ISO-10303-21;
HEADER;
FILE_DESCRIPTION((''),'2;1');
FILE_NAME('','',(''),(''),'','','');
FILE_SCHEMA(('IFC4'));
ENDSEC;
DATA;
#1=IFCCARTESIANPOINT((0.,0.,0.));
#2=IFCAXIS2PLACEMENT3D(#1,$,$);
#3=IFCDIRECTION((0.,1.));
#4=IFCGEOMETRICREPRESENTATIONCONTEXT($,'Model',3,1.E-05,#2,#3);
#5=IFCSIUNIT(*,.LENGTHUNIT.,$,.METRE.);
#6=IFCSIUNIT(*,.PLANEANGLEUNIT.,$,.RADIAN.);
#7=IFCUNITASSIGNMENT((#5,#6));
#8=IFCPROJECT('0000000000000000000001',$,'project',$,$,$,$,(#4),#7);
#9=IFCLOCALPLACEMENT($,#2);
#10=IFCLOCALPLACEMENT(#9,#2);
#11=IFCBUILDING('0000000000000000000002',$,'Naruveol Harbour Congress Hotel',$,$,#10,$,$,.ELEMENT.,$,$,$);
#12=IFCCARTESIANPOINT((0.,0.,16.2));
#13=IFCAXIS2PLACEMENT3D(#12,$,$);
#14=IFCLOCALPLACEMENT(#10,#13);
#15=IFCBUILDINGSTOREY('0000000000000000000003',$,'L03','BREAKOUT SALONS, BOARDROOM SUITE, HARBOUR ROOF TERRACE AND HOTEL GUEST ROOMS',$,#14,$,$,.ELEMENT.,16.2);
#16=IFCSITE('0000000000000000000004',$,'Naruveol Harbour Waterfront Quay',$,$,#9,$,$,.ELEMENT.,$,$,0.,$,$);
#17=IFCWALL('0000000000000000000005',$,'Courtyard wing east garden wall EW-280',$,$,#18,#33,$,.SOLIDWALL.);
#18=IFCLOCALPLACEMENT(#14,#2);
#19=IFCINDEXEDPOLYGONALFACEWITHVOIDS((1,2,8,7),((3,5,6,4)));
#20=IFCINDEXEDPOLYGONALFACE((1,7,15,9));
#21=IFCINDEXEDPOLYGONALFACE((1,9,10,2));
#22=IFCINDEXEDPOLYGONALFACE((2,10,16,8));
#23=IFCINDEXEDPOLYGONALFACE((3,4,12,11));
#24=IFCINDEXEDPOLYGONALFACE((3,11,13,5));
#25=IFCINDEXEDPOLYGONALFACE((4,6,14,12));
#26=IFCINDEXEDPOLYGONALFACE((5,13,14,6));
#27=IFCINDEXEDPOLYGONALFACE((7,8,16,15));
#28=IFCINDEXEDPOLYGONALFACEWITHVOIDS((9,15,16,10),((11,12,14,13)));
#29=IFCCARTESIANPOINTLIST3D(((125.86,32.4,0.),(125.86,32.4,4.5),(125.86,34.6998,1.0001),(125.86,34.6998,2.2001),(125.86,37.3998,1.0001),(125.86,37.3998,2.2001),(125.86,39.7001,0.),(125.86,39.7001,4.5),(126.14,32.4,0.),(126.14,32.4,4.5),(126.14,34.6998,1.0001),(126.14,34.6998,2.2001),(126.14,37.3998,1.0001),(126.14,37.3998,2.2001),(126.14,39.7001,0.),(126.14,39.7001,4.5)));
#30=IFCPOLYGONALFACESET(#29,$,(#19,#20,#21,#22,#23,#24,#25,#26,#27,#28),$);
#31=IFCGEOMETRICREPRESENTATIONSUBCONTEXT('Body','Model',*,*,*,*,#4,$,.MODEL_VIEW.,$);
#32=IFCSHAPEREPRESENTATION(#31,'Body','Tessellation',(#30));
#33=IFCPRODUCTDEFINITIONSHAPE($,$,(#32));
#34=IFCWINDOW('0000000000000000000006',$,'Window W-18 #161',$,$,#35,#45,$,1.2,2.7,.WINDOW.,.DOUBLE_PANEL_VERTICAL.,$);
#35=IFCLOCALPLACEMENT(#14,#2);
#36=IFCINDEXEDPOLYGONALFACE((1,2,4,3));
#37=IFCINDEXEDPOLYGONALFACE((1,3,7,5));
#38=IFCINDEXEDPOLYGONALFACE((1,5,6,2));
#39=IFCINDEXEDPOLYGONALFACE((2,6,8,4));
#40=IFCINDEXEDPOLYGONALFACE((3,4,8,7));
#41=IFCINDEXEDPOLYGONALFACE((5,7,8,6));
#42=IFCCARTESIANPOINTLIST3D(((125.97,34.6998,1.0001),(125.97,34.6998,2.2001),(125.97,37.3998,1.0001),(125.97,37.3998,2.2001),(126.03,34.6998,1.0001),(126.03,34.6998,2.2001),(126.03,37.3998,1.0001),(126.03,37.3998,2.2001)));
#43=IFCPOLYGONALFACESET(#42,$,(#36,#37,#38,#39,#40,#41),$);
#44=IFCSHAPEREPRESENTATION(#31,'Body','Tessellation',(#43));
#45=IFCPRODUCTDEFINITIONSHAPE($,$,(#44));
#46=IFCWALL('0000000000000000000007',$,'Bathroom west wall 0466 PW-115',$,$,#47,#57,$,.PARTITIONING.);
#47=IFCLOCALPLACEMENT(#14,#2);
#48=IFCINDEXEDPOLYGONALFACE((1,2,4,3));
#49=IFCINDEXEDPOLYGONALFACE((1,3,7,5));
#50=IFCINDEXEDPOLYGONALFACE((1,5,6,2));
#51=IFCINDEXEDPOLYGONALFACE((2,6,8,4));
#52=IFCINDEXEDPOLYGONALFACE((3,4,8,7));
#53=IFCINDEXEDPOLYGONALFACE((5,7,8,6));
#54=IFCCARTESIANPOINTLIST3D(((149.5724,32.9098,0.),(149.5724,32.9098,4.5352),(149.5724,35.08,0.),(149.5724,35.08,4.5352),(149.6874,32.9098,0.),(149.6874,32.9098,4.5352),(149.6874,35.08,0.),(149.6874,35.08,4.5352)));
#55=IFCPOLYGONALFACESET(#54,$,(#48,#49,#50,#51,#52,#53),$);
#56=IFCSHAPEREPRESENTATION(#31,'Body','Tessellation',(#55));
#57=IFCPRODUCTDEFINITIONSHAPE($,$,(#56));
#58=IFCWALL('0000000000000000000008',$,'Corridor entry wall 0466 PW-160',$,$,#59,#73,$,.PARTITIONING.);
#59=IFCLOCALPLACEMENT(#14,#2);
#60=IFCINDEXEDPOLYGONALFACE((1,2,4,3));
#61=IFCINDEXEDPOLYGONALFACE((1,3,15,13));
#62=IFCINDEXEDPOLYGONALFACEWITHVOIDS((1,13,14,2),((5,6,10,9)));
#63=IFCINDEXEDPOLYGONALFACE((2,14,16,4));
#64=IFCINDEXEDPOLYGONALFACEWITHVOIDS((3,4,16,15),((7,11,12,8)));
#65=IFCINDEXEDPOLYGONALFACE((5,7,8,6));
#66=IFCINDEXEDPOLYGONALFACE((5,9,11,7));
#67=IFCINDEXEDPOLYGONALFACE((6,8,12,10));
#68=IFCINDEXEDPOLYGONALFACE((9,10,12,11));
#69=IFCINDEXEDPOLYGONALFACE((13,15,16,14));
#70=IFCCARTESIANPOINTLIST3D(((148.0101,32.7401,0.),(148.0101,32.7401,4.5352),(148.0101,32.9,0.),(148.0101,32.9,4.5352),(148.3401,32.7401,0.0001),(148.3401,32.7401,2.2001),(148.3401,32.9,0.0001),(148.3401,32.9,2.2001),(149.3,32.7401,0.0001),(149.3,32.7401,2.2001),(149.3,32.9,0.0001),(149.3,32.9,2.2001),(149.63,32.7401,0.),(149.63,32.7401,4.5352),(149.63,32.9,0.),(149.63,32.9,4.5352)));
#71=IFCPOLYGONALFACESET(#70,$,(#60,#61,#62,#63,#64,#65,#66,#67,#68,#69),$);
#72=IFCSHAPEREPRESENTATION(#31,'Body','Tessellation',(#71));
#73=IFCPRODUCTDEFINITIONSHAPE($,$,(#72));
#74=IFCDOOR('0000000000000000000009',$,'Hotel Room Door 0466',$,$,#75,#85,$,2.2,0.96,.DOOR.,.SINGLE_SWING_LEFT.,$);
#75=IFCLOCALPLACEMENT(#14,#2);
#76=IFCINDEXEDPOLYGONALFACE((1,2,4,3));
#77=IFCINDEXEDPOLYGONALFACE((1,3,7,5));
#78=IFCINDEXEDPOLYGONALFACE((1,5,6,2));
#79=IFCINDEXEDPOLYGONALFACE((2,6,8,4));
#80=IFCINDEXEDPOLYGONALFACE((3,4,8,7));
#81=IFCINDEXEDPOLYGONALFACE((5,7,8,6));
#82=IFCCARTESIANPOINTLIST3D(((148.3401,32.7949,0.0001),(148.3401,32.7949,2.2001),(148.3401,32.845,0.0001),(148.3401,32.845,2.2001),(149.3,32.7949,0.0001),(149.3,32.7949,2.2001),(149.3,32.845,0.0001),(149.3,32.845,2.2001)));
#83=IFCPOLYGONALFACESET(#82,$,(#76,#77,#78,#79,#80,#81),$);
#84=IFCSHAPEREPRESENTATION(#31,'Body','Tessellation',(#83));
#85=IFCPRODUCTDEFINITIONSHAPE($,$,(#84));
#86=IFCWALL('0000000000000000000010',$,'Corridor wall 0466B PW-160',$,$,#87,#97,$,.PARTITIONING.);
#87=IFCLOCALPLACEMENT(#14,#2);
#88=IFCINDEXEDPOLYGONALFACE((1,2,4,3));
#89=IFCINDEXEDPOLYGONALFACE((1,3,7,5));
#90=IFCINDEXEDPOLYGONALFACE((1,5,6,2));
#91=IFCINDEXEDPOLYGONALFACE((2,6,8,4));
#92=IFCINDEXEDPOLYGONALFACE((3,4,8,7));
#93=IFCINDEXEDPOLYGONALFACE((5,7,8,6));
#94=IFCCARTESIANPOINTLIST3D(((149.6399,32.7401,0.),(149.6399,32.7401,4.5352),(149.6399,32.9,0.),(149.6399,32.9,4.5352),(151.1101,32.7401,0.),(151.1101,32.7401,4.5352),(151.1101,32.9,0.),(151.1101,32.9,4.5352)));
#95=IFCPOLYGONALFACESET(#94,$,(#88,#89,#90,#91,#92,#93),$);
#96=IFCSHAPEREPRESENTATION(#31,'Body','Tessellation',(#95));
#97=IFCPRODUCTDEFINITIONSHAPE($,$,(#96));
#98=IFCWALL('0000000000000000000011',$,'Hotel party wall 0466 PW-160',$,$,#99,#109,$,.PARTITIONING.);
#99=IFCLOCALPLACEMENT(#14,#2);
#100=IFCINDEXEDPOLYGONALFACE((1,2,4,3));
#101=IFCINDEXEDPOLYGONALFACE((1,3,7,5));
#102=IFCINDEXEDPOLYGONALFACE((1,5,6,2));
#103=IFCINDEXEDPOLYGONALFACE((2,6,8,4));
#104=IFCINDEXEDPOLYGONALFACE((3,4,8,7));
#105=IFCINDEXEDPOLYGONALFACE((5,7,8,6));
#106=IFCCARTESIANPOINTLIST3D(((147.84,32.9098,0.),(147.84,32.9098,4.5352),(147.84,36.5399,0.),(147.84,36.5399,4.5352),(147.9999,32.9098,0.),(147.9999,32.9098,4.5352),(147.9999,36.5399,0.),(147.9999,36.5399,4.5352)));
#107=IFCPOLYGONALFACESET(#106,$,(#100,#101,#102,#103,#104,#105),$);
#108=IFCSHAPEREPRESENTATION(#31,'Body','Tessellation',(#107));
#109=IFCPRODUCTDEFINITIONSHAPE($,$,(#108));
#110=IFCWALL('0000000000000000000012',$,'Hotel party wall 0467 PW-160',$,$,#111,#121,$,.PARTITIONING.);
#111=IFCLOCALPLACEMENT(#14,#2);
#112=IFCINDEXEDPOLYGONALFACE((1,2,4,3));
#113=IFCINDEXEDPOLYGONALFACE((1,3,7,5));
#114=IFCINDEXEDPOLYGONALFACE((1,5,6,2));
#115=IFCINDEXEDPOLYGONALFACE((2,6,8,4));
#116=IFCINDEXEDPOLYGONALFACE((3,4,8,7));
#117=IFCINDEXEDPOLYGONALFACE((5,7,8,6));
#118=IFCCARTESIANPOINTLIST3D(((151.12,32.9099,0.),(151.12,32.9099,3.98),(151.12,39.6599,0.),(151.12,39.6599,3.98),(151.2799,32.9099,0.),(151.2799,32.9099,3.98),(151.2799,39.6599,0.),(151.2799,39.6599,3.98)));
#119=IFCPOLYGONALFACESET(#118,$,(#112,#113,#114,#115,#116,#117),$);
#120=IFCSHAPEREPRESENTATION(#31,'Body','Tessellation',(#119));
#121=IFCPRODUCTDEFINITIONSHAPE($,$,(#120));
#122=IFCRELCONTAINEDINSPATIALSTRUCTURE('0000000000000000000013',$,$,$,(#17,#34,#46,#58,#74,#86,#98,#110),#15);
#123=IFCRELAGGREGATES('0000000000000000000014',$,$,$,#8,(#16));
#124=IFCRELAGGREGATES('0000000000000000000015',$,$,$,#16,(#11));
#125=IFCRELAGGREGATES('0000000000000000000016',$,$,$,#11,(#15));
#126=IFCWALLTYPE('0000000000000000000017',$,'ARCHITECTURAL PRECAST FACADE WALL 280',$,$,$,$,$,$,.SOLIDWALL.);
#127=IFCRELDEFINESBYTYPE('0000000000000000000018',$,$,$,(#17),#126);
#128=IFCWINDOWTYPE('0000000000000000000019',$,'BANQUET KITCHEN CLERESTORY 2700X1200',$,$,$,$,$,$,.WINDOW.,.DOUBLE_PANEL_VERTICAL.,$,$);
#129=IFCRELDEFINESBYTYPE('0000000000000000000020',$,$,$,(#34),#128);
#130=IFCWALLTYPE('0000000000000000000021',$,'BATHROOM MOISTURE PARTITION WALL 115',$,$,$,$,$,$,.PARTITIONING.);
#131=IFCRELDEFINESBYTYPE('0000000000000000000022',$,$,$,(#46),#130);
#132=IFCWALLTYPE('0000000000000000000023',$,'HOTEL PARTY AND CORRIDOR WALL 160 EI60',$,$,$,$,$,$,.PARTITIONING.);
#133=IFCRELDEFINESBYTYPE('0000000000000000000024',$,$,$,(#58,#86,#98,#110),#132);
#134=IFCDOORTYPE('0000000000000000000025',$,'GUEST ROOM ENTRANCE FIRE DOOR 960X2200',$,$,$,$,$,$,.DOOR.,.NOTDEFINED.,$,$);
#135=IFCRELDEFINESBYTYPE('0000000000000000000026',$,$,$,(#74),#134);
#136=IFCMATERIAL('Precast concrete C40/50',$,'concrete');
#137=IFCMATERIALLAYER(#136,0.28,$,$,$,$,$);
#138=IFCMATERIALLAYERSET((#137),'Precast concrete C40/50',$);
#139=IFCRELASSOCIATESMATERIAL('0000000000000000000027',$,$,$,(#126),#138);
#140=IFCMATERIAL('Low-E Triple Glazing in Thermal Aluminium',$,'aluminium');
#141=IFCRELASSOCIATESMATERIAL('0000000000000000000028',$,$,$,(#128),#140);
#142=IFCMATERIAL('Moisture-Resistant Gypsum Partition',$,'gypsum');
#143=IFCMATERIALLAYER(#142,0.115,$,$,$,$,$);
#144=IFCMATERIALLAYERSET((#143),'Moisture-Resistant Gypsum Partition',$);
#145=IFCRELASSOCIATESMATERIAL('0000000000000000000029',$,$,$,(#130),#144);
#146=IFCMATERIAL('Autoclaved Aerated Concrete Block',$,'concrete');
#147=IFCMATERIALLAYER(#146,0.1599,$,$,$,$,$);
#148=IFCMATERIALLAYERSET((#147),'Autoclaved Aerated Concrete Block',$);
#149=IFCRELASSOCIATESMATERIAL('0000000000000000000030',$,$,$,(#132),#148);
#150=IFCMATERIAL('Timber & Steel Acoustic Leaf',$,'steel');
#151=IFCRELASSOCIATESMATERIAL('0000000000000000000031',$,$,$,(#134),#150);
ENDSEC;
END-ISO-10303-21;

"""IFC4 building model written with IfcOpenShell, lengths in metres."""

from ifc_helpers import new_model, si_unit, direction, frame, frame_2d, origin, place, context, subcontext, project, spatial, rectangle, extrude, material, layer, layer_set, type_object, element, fill, save


model = new_model("IFC4")

# Units and contexts
model_context = context("Model", 3, precision=1e-05, world=origin(), true_north=direction((0.0, 1.0)))
body_context = subcontext(model_context, "Body", "Model", "MODEL_VIEW")
ifc_project = project(units=[si_unit("LENGTHUNIT", "METRE"), si_unit("PLANEANGLEUNIT", "RADIAN")], contexts=[model_context])

# Site, building, storey
site_placement = place(None, origin())
site = spatial("IfcSite", under=ifc_project, at=site_placement, Name="Naruveol Harbour Waterfront Quay", CompositionType="ELEMENT", RefElevation=0.0)
building_placement = place(site_placement, origin())
building = spatial("IfcBuilding", under=site, at=building_placement, Name="Naruveol Harbour Congress Hotel", CompositionType="ELEMENT")
storey_placement = place(building_placement, frame((0.0, 0.0, 16.2)))
storey = spatial("IfcBuildingStorey", under=building, at=storey_placement, Name="L03", Description="BREAKOUT SALONS, BOARDROOM SUITE, HARBOUR ROOF TERRACE AND HOTEL GUEST ROOMS", CompositionType="ELEMENT", Elevation=16.2)

# Wall, opening, window
ifc_material_1 = material(Name="Precast concrete C40/50", Category="concrete")
ifc_layer_1 = layer(ifc_material_1, 0.28)
ifc_layer_set_1 = layer_set([ifc_layer_1], Name="Precast concrete C40/50")
wall_type_1 = type_object("IfcWallType", Name="ARCHITECTURAL PRECAST FACADE WALL 280", PredefinedType="SOLIDWALL", material=ifc_layer_set_1)
wall_1_placement = place(storey_placement, frame((126.0, 39.7, 0.0), z_axis=(0.0, 0.0, 1.0), x_axis=(0.0, -1.0, 0.0)))
wall_1 = element("IfcWall", 1, at=wall_1_placement, inside=storey, type_object=wall_type_1, Name="Courtyard wing east garden wall EW-280", PredefinedType="SOLIDWALL", context=body_context, shape_type="SweptSolid", body=[
    extrude(rectangle(XDim=7.3, YDim=0.28, at=frame_2d((3.6499, 0.0))), origin(), (0.0, 0.0, 1.0), 4.5),
])
opening_1_placement = place(wall_1_placement, frame((2.3, 0.0, 1.0)))
opening_1 = element("IfcOpeningElement", 2, at=opening_1_placement, cuts=wall_1, PredefinedType="OPENING", context=body_context, shape_type="SweptSolid", body=[
    extrude(rectangle(XDim=2.7, YDim=1.2, at=frame_2d((1.3501, 0.6001))), frame((0.0, 0.1499, 0.0), z_axis=(0.0, -1.0, 0.0), x_axis=(1.0, 0.0, 0.0)), (0.0, 0.0, 1.0), 0.3),
])
ifc_material_2 = material(Name="Low-E Triple Glazing in Thermal Aluminium", Category="aluminium")
window_type_1 = type_object("IfcWindowType", Name="BANQUET KITCHEN CLERESTORY 2700X1200", PartitioningType="DOUBLE_PANEL_VERTICAL", PredefinedType="WINDOW", material=ifc_material_2)
window_1_placement = place(opening_1_placement, origin())
window_1 = element("IfcWindow", 3, at=window_1_placement, inside=storey, type_object=window_type_1, Name="Window W-18 #161", OverallHeight=1.2, OverallWidth=2.7, PartitioningType="DOUBLE_PANEL_VERTICAL", PredefinedType="WINDOW", context=body_context, shape_type="SweptSolid", body=[
    extrude(rectangle(XDim=2.7, YDim=1.2, at=frame_2d((1.3501, 0.6001))), frame((0.0, 0.03, 0.0), z_axis=(0.0, -1.0, 0.0), x_axis=(1.0, 0.0, 0.0)), (0.0, 0.0, 1.0), 0.0601),
])
fill(opening_1, window_1)

# Wall
ifc_material_3 = material(Name="Moisture-Resistant Gypsum Partition", Category="gypsum")
ifc_layer_2 = layer(ifc_material_3, 0.115)
ifc_layer_set_2 = layer_set([ifc_layer_2], Name="Moisture-Resistant Gypsum Partition")
wall_type_2 = type_object("IfcWallType", Name="BATHROOM MOISTURE PARTITION WALL 115", PredefinedType="PARTITIONING", material=ifc_layer_set_2)
wall_2_placement = place(storey_placement, frame((149.6299, 32.9099, 0.0), z_axis=(0.0, 0.0, 1.0), x_axis=(0.0, 1.0, 0.0)))
element("IfcWall", 4, at=wall_2_placement, inside=storey, type_object=wall_type_2, Name="Bathroom west wall 0466 PW-115", PredefinedType="PARTITIONING", context=body_context, shape_type="SweptSolid", body=[
    extrude(rectangle(XDim=2.1702, YDim=0.115, at=frame_2d((1.085, 0.0))), origin(), (0.0, 0.0, 1.0), 4.5352),
])

# Wall, opening, door
ifc_material_4 = material(Name="Autoclaved Aerated Concrete Block", Category="concrete")
ifc_layer_3 = layer(ifc_material_4, 0.1599)
ifc_layer_set_3 = layer_set([ifc_layer_3], Name="Autoclaved Aerated Concrete Block")
wall_type_3 = type_object("IfcWallType", Name="HOTEL PARTY AND CORRIDOR WALL 160 EI60", PredefinedType="PARTITIONING", material=ifc_layer_set_3)
wall_3_placement = place(storey_placement, frame((148.01, 32.8201, 0.0), z_axis=(0.0, 0.0, 1.0), x_axis=(1.0, 0.0, 0.0)))
wall_3 = element("IfcWall", 5, at=wall_3_placement, inside=storey, type_object=wall_type_3, Name="Corridor entry wall 0466 PW-160", PredefinedType="PARTITIONING", context=body_context, shape_type="SweptSolid", body=[
    extrude(rectangle(XDim=1.6199, YDim=0.1599, at=frame_2d((0.8101, 0.0))), origin(), (0.0, 0.0, 1.0), 4.5352),
])
opening_2_placement = place(wall_3_placement, frame((0.3301, 0.0, 0.0)))
opening_2 = element("IfcOpeningElement", 6, at=opening_2_placement, cuts=wall_3, PredefinedType="OPENING", context=body_context, shape_type="SweptSolid", body=[
    extrude(rectangle(XDim=0.96, YDim=2.2, at=frame_2d((0.48, 1.1001))), frame((0.0, 0.0898, 0.0), z_axis=(0.0, -1.0, 0.0), x_axis=(1.0, 0.0, 0.0)), (0.0, 0.0, 1.0), 0.1799),
])
ifc_material_5 = material(Name="Timber & Steel Acoustic Leaf", Category="steel")
door_type_1 = type_object("IfcDoorType", Name="GUEST ROOM ENTRANCE FIRE DOOR 960X2200", OperationType="NOTDEFINED", PredefinedType="DOOR", material=ifc_material_5)
door_1_placement = place(opening_2_placement, origin())
door_1 = element("IfcDoor", 7, at=door_1_placement, inside=storey, type_object=door_type_1, Name="Hotel Room Door 0466", OperationType="SINGLE_SWING_LEFT", OverallHeight=2.2, OverallWidth=0.96, PredefinedType="DOOR", context=body_context, shape_type="SweptSolid", body=[
    extrude(rectangle(XDim=0.96, YDim=2.2, at=frame_2d((0.48, 1.1001))), frame((0.0, 0.0249, 0.0), z_axis=(0.0, -1.0, 0.0), x_axis=(1.0, 0.0, 0.0)), (0.0, 0.0, 1.0), 0.05),
])
fill(opening_2, door_1)

# Walls
wall_4_placement = place(storey_placement, frame((149.6399, 32.8201, 0.0), z_axis=(0.0, 0.0, 1.0), x_axis=(1.0, 0.0, 0.0)))
element("IfcWall", 8, at=wall_4_placement, inside=storey, type_object=wall_type_3, Name="Corridor wall 0466B PW-160", PredefinedType="PARTITIONING", context=body_context, shape_type="SweptSolid", body=[
    extrude(rectangle(XDim=1.4702, YDim=0.1599, at=frame_2d((0.7351, 0.0))), origin(), (0.0, 0.0, 1.0), 4.5352),
])
wall_5_placement = place(storey_placement, frame((147.9199, 32.9099, 0.0), z_axis=(0.0, 0.0, 1.0), x_axis=(0.0, 1.0, 0.0)))
element("IfcWall", 9, at=wall_5_placement, inside=storey, type_object=wall_type_3, Name="Hotel party wall 0466 PW-160", PredefinedType="PARTITIONING", context=body_context, shape_type="SweptSolid", body=[
    extrude(rectangle(XDim=3.6301, YDim=0.1599, at=frame_2d((1.8149, 0.0))), origin(), (0.0, 0.0, 1.0), 4.5352),
])
wall_6_placement = place(storey_placement, frame((151.2, 32.9099, 0.0), z_axis=(0.0, 0.0, 1.0), x_axis=(0.0, 1.0, 0.0)))
element("IfcWall", 10, at=wall_6_placement, inside=storey, type_object=wall_type_3, Name="Hotel party wall 0467 PW-160", PredefinedType="PARTITIONING", context=body_context, shape_type="SweptSolid", body=[
    extrude(rectangle(XDim=6.75, YDim=0.1599, at=frame_2d((3.375, 0.0))), origin(), (0.0, 0.0, 1.0), 3.98),
])

save(model, "model.ifc")
